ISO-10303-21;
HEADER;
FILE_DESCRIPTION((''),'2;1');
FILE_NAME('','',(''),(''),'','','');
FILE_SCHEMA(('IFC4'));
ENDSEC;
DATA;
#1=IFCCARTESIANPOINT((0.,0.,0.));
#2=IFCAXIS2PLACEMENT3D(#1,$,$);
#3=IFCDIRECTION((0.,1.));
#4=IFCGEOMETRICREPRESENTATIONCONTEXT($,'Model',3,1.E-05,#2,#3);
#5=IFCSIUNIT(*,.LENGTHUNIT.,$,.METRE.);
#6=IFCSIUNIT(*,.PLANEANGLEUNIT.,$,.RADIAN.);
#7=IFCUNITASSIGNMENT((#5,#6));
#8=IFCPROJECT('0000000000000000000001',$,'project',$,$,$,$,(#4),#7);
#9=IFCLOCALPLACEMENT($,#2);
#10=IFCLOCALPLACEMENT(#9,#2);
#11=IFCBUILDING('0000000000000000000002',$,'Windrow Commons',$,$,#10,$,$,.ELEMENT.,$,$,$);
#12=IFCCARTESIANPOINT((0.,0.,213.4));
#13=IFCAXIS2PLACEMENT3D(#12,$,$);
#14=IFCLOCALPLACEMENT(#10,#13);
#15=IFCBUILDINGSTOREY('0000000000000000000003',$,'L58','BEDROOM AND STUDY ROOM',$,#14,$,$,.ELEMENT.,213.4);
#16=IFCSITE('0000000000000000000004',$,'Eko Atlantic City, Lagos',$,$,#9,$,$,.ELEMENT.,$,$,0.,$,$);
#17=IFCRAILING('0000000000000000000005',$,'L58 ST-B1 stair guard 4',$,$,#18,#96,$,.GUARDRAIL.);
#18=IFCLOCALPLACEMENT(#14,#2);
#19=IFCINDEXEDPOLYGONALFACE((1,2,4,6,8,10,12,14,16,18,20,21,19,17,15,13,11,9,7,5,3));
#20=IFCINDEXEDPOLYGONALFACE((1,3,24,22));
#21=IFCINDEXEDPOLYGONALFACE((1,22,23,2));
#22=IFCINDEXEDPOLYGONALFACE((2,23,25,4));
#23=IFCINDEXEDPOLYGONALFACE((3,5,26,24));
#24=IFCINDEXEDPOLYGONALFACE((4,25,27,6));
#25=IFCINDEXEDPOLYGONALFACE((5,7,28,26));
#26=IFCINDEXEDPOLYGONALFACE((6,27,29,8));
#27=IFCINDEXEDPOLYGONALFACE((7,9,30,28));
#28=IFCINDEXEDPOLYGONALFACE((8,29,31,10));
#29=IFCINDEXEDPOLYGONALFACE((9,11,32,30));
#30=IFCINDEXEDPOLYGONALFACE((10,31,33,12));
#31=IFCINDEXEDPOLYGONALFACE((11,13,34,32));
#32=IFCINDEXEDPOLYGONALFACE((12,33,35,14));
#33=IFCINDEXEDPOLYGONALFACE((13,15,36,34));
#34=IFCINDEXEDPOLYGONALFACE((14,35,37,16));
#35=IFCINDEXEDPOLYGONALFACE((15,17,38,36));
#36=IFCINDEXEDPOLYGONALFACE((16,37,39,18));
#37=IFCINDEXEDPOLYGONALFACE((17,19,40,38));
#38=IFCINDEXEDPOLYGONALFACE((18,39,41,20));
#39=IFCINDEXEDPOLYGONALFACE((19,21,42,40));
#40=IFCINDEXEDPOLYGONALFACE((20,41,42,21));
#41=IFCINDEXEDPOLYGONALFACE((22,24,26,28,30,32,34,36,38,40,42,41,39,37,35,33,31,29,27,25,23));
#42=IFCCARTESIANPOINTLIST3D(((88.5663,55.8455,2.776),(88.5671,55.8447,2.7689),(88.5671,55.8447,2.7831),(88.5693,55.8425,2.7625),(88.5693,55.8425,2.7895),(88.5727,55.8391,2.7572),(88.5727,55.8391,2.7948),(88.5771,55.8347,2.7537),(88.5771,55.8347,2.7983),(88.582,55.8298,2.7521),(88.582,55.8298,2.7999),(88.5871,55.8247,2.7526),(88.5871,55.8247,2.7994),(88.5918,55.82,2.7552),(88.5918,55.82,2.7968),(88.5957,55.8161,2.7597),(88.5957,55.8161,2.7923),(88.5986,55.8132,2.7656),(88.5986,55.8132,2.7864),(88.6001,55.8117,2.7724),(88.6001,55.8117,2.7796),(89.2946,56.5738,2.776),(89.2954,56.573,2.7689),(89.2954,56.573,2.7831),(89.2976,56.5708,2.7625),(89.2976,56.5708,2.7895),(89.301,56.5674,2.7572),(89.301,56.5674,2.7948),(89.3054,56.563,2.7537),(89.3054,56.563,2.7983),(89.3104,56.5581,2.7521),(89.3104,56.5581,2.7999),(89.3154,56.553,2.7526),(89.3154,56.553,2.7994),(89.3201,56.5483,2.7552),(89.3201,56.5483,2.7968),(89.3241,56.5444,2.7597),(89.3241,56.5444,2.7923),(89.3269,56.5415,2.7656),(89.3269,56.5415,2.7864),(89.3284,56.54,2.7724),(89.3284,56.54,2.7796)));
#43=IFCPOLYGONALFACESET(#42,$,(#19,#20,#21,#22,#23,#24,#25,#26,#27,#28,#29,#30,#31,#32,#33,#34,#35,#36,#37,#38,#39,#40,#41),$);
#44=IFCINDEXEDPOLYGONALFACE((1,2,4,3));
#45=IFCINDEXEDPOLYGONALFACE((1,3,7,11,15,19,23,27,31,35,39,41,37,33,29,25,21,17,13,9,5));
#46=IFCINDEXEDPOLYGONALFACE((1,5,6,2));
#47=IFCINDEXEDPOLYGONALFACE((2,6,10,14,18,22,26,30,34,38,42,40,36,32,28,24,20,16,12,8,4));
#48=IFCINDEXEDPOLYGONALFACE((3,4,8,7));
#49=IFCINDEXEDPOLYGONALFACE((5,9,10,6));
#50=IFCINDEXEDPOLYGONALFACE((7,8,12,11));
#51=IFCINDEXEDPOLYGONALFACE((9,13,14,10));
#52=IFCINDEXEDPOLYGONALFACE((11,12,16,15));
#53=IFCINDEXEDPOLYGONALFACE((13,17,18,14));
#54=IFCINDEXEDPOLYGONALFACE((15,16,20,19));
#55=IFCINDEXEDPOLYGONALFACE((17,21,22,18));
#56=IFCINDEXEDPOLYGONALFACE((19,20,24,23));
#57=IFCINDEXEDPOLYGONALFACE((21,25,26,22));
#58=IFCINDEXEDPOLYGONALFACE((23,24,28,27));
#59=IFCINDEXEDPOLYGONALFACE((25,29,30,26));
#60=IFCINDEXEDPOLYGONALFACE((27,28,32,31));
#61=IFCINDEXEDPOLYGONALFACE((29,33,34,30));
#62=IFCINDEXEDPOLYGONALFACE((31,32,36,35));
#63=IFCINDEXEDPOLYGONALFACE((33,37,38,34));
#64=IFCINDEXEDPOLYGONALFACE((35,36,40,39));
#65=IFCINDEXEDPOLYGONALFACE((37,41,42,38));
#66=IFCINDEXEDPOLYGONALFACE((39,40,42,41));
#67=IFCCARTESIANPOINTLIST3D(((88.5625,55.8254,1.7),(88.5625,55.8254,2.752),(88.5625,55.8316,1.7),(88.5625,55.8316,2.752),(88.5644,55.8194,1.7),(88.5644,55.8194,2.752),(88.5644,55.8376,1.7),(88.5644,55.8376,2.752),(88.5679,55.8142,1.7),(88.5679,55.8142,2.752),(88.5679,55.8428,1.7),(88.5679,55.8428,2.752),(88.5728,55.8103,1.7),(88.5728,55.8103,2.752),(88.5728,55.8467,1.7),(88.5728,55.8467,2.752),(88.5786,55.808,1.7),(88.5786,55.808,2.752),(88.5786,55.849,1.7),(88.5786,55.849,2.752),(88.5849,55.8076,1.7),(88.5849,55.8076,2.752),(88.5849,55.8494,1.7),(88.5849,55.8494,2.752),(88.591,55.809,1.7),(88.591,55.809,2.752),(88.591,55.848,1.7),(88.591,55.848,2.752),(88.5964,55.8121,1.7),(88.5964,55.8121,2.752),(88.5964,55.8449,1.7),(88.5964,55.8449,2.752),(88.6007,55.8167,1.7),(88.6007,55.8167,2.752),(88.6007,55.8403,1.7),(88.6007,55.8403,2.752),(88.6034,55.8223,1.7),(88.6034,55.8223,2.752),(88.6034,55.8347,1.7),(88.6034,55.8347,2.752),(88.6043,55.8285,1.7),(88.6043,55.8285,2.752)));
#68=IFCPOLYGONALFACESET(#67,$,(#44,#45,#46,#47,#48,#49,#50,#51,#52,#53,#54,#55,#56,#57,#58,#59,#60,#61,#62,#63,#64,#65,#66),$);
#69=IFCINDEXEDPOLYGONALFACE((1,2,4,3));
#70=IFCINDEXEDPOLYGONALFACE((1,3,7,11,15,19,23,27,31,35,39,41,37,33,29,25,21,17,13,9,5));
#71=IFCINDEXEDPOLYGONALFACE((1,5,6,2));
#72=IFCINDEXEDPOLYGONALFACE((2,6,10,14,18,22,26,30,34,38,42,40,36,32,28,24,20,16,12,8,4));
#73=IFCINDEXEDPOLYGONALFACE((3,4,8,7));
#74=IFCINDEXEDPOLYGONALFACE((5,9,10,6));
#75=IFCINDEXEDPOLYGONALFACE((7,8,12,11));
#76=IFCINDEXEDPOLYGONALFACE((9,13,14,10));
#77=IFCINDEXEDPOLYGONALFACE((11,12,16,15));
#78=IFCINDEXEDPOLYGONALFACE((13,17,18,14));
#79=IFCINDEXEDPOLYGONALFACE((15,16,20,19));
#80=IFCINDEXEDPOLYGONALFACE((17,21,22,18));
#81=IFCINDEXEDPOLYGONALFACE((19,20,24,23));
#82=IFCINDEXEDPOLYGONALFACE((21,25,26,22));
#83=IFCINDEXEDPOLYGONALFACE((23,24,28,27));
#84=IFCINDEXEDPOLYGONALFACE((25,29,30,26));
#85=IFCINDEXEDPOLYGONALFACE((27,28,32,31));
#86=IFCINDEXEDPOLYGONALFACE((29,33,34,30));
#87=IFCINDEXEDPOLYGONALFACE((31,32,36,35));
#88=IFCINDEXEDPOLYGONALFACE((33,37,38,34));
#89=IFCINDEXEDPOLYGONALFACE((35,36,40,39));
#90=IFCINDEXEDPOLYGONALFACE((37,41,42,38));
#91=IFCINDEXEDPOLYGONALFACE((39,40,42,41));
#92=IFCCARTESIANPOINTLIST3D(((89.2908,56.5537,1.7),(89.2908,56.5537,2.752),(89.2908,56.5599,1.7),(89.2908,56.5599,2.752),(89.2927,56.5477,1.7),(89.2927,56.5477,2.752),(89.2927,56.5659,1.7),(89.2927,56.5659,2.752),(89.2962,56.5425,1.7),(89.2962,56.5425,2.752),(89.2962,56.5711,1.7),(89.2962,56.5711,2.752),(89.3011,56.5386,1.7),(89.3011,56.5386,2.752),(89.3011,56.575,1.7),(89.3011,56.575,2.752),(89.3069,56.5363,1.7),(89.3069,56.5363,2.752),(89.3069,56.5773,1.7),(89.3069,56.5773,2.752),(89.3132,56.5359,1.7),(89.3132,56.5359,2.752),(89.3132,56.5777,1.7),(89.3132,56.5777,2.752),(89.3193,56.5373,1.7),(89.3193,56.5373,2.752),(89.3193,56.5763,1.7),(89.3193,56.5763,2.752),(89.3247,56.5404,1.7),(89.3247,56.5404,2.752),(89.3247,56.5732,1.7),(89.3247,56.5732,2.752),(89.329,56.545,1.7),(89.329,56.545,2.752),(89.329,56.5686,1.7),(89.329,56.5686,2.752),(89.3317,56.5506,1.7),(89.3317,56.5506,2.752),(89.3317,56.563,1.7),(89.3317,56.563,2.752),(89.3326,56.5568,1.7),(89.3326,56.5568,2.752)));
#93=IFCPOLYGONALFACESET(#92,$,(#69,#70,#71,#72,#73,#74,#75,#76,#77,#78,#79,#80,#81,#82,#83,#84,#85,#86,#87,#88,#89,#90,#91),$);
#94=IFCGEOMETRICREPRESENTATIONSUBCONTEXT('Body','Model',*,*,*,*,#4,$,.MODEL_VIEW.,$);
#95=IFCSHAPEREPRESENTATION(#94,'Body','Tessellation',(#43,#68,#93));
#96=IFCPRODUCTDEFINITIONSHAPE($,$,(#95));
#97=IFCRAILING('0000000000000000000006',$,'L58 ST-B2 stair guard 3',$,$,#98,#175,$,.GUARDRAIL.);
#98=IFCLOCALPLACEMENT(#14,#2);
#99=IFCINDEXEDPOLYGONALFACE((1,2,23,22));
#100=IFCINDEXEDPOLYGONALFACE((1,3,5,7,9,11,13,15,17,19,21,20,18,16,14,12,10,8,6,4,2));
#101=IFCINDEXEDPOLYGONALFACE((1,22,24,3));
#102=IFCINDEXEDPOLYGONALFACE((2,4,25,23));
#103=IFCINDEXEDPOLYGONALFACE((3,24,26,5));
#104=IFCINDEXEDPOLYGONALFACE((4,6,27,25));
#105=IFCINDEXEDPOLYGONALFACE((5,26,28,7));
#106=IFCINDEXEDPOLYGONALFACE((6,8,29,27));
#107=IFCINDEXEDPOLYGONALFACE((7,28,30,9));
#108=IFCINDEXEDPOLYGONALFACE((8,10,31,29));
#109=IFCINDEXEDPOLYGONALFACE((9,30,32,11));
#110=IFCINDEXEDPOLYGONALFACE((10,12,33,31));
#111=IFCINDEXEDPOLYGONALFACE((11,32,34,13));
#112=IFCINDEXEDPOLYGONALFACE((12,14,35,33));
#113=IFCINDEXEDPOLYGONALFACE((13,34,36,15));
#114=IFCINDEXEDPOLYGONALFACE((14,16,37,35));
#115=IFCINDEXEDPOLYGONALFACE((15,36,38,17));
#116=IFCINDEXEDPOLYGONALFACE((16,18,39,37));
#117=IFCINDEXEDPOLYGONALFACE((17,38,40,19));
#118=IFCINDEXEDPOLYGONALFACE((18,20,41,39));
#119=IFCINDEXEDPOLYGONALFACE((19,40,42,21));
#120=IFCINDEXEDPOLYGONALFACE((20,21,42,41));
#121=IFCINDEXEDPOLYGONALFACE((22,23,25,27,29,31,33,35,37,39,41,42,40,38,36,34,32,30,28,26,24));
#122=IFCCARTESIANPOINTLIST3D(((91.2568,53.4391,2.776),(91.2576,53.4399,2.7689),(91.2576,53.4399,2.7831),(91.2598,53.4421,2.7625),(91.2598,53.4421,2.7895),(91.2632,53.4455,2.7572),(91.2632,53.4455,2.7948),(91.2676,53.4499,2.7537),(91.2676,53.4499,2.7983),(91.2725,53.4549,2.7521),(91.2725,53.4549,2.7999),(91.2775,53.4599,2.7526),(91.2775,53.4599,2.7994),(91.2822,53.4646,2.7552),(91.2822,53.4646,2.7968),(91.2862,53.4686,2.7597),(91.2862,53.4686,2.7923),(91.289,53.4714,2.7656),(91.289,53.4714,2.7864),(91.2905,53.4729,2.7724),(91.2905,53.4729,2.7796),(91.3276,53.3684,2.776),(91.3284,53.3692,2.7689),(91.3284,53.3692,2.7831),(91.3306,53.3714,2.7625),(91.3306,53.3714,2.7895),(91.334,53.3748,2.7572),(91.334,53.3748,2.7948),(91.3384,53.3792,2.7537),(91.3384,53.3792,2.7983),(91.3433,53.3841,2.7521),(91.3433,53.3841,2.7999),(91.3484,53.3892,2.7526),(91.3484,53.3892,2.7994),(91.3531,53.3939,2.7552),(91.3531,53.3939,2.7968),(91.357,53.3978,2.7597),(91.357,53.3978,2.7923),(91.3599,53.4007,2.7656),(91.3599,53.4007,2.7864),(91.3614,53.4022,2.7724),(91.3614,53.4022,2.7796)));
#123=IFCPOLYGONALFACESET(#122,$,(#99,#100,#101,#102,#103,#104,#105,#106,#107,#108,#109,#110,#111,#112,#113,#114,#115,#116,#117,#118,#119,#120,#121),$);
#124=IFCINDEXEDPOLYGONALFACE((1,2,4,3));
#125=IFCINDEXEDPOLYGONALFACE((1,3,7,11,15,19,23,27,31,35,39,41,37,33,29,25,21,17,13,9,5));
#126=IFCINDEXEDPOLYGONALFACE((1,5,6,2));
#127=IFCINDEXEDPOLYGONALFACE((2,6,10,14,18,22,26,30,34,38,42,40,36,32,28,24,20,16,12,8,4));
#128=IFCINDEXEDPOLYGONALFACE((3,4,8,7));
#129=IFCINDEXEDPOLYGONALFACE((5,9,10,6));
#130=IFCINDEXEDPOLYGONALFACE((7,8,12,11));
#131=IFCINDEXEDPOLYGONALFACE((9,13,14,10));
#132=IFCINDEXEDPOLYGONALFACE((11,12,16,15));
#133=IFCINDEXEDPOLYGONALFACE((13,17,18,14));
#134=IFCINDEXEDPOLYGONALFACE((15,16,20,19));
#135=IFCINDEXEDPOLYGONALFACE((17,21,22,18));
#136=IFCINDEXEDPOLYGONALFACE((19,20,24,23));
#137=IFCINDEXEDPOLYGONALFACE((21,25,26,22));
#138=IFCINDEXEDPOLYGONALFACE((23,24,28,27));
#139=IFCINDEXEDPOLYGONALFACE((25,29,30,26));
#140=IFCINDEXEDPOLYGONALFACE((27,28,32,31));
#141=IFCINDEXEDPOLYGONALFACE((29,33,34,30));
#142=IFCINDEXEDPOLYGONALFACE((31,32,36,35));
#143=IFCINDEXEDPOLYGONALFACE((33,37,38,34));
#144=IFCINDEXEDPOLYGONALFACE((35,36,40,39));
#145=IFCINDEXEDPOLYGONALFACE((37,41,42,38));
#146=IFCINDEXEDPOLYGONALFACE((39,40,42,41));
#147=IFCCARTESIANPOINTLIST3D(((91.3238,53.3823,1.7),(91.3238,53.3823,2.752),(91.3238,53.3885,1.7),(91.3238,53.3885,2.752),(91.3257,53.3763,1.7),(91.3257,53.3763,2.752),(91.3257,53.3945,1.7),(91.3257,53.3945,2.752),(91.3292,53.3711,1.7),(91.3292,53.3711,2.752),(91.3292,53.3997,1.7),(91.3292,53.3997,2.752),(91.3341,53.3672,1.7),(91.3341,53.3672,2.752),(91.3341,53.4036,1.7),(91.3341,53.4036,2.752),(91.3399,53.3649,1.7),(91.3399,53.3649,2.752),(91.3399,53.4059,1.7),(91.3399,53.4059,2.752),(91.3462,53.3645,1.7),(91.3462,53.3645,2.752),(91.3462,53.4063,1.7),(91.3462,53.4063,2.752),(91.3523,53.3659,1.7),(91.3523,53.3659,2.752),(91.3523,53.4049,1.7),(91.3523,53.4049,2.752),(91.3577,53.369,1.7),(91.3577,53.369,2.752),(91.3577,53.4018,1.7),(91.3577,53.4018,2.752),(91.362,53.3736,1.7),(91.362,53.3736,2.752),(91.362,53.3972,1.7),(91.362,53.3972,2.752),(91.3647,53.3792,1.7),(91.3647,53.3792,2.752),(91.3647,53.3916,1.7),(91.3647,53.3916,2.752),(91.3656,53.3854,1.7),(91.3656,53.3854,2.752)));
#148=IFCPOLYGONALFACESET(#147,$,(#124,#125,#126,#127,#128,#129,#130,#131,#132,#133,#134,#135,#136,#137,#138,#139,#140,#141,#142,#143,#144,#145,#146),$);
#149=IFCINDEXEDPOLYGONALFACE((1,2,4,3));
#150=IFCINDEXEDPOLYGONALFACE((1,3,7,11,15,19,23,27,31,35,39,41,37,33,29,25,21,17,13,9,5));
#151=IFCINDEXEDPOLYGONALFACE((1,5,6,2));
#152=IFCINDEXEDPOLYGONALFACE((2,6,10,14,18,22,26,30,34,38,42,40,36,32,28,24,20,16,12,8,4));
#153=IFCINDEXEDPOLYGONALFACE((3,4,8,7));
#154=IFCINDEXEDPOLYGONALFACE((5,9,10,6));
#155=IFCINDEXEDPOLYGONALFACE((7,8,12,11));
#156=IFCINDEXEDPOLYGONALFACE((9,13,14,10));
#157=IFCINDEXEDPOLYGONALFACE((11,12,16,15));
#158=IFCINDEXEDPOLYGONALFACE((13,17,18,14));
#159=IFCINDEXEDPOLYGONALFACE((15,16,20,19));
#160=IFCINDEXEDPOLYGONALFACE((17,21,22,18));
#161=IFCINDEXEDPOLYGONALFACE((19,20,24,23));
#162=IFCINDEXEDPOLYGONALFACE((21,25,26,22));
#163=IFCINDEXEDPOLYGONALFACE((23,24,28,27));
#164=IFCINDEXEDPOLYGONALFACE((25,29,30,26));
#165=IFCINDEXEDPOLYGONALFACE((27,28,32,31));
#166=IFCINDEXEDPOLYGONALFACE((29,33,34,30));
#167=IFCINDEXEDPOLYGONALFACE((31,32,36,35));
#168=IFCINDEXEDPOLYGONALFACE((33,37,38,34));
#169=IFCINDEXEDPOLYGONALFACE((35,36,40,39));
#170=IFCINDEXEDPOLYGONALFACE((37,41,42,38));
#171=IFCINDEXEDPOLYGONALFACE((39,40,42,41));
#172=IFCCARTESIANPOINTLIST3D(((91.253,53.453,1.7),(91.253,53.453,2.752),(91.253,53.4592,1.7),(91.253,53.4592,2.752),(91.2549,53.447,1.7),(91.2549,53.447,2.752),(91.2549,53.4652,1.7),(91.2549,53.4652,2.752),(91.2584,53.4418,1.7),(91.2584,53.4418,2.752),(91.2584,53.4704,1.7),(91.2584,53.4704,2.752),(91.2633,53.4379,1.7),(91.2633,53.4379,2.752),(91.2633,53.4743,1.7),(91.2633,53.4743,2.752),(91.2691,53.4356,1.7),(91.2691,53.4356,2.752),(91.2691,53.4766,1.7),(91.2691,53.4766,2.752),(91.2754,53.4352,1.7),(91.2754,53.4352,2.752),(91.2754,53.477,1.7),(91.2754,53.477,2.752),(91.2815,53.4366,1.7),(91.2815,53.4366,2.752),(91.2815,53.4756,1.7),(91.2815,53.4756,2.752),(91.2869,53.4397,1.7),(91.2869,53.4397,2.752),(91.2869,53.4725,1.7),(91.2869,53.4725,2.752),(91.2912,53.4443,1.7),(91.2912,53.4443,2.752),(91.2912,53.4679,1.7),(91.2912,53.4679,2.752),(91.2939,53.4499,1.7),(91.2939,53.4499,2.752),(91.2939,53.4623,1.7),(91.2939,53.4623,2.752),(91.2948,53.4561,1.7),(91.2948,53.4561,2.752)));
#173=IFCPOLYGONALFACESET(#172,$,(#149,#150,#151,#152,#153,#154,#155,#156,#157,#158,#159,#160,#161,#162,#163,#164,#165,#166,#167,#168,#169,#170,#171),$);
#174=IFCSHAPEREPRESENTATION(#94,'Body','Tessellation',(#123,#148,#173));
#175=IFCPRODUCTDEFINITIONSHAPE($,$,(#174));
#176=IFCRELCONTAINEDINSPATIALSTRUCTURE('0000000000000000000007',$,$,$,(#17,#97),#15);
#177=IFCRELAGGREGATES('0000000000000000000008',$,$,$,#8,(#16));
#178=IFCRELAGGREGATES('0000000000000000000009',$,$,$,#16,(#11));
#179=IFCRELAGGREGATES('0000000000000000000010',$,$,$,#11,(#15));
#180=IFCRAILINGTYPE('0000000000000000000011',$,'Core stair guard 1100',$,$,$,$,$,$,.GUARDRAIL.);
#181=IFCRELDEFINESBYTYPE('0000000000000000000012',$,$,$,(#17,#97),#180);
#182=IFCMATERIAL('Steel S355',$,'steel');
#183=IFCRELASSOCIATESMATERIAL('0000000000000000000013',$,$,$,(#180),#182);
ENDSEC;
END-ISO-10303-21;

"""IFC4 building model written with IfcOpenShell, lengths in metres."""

from ifc_helpers import new_model, si_unit, direction, frame, origin, origin_2d, place, context, subcontext, project, spatial, circle, extrude, material, type_object, element, save


model = new_model("IFC4")

# Units and contexts
model_context = context("Model", 3, precision=1e-05, world=origin(), true_north=direction((0.0, 1.0)))
body_context = subcontext(model_context, "Body", "Model", "MODEL_VIEW")
ifc_project = project(units=[si_unit("LENGTHUNIT", "METRE"), si_unit("PLANEANGLEUNIT", "RADIAN")], contexts=[model_context])

# Site, building, storey
site_placement = place(None, origin())
site = spatial("IfcSite", under=ifc_project, at=site_placement, Name="Eko Atlantic City, Lagos", CompositionType="ELEMENT", RefElevation=0.0)
building_placement = place(site_placement, origin())
building = spatial("IfcBuilding", under=site, at=building_placement, Name="Windrow Commons", CompositionType="ELEMENT")
storey_placement = place(building_placement, frame((0.0, 0.0, 213.4)))
storey = spatial("IfcBuildingStorey", under=building, at=storey_placement, Name="L58", Description="BEDROOM AND STUDY ROOM", CompositionType="ELEMENT", Elevation=213.4)

# Railings
ifc_material_1 = material(Name="Steel S355", Category="steel")
railing_type_1 = type_object("IfcRailingType", Name="Core stair guard 1100", PredefinedType="GUARDRAIL", material=ifc_material_1)
railing_1_placement = place(storey_placement, frame((88.5833, 55.8285, 1.7)))
element("IfcRailing", 1, at=railing_1_placement, inside=storey, type_object=railing_type_1, Name="L58 ST-B1 stair guard 4", PredefinedType="GUARDRAIL", context=body_context, shape_type="SweptSolid", body=[
    extrude(circle(Radius=0.024, at=origin_2d()), frame((0.0, 0.0, 1.076), z_axis=(0.707107, 0.707107, 0.0), x_axis=(-0.707107, 0.707107, 0.0)), (0.0, 0.0, 1.0), 1.03),
    extrude(circle(Radius=0.021, at=origin_2d()), origin(), (0.0, 0.0, 1.0), 1.052),
    extrude(circle(Radius=0.021, at=origin_2d()), frame((0.7283, 0.7283, 0.0)), (0.0, 0.0, 1.0), 1.052),
])
railing_2_placement = place(storey_placement, frame((91.3446, 53.3854, 1.7)))
element("IfcRailing", 2, at=railing_2_placement, inside=storey, type_object=railing_type_1, Name="L58 ST-B2 stair guard 3", PredefinedType="GUARDRAIL", context=body_context, shape_type="SweptSolid", body=[
    extrude(circle(Radius=0.024, at=origin_2d()), frame((0.0, 0.0, 1.076), z_axis=(-0.707606, 0.706607, 0.0), x_axis=(-0.706607, -0.707606, 0.0)), (0.0, 0.0, 1.0), 0.1001),
    extrude(circle(Radius=0.021, at=origin_2d()), origin(), (0.0, 0.0, 1.0), 1.052),
    extrude(circle(Radius=0.021, at=origin_2d()), frame((-0.0708, 0.0707, 0.0)), (0.0, 0.0, 1.0), 1.052),
])

save(model, "model.ifc")
